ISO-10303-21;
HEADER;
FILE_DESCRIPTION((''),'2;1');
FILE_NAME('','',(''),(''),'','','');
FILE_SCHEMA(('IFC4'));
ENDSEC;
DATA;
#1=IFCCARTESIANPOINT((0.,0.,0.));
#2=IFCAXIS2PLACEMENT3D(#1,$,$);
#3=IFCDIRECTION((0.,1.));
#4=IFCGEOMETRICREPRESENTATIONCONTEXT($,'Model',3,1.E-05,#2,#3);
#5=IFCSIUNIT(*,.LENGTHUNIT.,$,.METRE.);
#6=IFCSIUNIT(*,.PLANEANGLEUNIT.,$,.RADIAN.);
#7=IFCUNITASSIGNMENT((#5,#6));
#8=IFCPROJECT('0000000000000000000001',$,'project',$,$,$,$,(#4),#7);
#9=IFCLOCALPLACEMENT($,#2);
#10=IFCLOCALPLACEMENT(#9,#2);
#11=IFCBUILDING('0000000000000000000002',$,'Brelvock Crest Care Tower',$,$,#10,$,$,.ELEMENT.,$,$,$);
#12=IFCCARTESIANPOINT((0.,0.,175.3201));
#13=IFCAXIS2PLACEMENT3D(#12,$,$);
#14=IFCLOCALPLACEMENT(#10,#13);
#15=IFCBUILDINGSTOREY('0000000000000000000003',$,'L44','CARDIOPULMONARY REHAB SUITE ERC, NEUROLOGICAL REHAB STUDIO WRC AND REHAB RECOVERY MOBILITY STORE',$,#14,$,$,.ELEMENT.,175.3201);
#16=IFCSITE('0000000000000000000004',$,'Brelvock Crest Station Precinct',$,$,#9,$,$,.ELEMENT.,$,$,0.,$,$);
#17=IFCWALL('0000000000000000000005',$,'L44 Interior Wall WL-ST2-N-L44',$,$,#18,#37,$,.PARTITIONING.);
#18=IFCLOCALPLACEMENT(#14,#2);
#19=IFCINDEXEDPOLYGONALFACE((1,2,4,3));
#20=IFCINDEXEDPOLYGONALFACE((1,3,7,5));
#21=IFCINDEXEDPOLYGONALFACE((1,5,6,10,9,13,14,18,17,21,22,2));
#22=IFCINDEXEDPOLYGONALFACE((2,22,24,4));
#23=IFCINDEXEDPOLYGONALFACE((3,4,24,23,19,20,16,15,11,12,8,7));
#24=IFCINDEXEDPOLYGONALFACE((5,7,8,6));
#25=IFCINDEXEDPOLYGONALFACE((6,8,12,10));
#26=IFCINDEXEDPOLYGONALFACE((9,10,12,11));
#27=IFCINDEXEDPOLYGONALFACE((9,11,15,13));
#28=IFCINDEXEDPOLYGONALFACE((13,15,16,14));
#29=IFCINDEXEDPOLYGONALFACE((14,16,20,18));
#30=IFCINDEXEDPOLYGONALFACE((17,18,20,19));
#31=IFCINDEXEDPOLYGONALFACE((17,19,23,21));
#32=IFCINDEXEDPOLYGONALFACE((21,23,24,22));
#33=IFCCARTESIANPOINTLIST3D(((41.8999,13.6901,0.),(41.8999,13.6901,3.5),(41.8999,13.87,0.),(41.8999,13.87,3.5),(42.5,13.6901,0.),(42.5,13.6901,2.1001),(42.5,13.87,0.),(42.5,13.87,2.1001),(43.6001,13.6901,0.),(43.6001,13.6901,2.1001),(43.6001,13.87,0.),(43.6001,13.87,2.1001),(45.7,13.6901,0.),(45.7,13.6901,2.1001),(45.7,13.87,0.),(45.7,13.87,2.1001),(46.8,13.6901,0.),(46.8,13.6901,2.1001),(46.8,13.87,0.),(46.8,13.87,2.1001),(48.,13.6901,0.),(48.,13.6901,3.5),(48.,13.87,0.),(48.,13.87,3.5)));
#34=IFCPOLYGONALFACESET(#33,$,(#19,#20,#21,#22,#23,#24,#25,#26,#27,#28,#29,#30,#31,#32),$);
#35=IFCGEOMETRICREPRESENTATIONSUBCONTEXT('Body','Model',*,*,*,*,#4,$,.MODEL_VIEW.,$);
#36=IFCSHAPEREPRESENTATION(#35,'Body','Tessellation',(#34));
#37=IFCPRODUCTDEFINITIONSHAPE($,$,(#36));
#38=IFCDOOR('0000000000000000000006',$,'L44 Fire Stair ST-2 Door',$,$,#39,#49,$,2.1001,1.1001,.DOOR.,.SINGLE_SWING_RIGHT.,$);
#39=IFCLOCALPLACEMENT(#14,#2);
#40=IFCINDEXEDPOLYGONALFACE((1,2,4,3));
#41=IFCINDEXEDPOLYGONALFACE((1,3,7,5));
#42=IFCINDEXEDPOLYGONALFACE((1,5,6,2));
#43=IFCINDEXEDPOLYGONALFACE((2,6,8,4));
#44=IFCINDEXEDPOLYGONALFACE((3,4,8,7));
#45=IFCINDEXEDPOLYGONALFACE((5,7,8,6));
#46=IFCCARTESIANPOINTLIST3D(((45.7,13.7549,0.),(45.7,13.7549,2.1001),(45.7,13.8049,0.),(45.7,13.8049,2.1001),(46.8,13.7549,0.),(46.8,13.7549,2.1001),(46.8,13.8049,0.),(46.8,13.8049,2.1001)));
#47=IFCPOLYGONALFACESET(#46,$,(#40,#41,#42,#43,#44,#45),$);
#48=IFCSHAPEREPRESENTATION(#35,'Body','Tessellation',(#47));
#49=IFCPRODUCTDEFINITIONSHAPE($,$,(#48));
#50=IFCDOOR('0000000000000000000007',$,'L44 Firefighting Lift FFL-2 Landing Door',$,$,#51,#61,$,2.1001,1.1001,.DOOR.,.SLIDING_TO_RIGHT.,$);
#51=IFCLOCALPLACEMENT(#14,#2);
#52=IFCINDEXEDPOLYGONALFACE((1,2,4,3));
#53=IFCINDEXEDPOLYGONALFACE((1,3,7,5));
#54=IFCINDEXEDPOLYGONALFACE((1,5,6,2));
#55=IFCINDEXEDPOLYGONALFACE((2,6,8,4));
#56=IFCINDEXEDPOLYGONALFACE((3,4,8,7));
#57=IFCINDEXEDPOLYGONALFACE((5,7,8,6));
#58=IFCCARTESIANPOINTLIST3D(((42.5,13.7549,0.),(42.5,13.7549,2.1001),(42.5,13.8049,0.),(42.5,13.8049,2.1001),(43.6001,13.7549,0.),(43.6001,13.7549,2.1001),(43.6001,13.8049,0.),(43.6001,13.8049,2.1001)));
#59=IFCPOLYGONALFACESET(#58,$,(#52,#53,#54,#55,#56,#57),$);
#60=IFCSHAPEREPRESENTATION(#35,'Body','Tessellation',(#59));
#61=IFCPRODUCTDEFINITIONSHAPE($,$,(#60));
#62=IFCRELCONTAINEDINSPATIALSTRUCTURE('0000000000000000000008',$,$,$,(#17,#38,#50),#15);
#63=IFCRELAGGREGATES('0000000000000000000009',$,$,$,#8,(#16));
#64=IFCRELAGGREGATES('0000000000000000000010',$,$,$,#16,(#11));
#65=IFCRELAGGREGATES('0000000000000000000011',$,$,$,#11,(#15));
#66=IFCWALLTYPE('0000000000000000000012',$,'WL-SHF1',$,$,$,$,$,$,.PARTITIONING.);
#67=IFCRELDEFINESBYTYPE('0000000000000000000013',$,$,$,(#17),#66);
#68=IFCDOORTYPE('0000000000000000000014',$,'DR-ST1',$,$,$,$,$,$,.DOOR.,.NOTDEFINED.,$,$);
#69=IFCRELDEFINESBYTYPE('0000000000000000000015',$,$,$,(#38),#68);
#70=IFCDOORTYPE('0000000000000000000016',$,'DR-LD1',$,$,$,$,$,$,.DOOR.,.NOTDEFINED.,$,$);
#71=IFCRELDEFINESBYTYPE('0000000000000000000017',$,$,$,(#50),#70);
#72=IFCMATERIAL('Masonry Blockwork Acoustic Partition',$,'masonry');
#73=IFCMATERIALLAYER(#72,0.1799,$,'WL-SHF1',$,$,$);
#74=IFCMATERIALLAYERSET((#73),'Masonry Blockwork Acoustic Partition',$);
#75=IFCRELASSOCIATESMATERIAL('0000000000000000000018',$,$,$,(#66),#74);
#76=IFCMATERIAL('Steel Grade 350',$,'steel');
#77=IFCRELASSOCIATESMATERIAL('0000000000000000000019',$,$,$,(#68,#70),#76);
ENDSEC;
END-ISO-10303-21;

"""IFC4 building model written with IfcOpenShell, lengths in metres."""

from ifc_helpers import new_model, si_unit, direction, frame, frame_2d, origin, origin_2d, place, context, subcontext, project, spatial, rectangle, extrude, source, transform, mapped, material, layer, layer_set, type_object, element, fill, save


model = new_model("IFC4")

# Units and contexts
model_context = context("Model", 3, precision=1e-05, world=origin(), true_north=direction((0.0, 1.0)))
body_context = subcontext(model_context, "Body", "Model", "MODEL_VIEW")
ifc_project = project(units=[si_unit("LENGTHUNIT", "METRE"), si_unit("PLANEANGLEUNIT", "RADIAN")], contexts=[model_context])

# Site, building, storey
site_placement = place(None, origin())
site = spatial("IfcSite", under=ifc_project, at=site_placement, Name="Brelvock Crest Station Precinct", CompositionType="ELEMENT", RefElevation=0.0)
building_placement = place(site_placement, origin())
building = spatial("IfcBuilding", under=site, at=building_placement, Name="Brelvock Crest Care Tower", CompositionType="ELEMENT")
storey_placement = place(building_placement, frame((0.0, 0.0, 175.3201)))
storey = spatial("IfcBuildingStorey", under=building, at=storey_placement, Name="L44", Description="CARDIOPULMONARY REHAB SUITE ERC, NEUROLOGICAL REHAB STUDIO WRC AND REHAB RECOVERY MOBILITY STORE", CompositionType="ELEMENT", Elevation=175.3201)

# Shared definitions
ifc_material_1 = material(Name="Steel Grade 350", Category="steel")

# Shared definitions
ifc_material_2 = material(Name="Masonry Blockwork Acoustic Partition", Category="masonry")

# Wall, openings, doors
ifc_layer_1 = layer(ifc_material_2, 0.1799, Name="WL-SHF1")
ifc_layer_set_1 = layer_set([ifc_layer_1], Name="Masonry Blockwork Acoustic Partition")
wall_type_1 = type_object("IfcWallType", Name="WL-SHF1", PredefinedType="PARTITIONING", material=ifc_layer_set_1)
wall_1_placement = place(storey_placement, frame((41.8999, 13.78, 0.0), z_axis=(0.0, 0.0, 1.0), x_axis=(1.0, 0.0, 0.0)))
wall_1 = element("IfcWall", 1, at=wall_1_placement, inside=storey, type_object=wall_type_1, Name="L44 Interior Wall WL-ST2-N-L44", PredefinedType="PARTITIONING", context=body_context, shape_type="SweptSolid", body=[
    extrude(rectangle(XDim=6.1001, YDim=0.1799, at=frame_2d((3.05, 0.0))), origin(), (0.0, 0.0, 1.0), 3.5),
])
opening_1_placement = place(wall_1_placement, frame((0.6001, 0.0, 0.0)))
opening_1 = element("IfcOpeningElement", 2, at=opening_1_placement, cuts=wall_1, PredefinedType="OPENING", context=body_context, shape_type="SweptSolid", body=[
    extrude(rectangle(XDim=1.1001, YDim=2.1001, at=origin_2d()), frame((0.55, 0.1001, 1.05), z_axis=(0.0, -1.0, 0.0), x_axis=(1.0, 0.0, 0.0)), (0.0, 0.0, 1.0), 0.2),
])
opening_2_placement = place(wall_1_placement, frame((3.8, 0.0, 0.0)))
opening_2 = element("IfcOpeningElement", 3, at=opening_2_placement, cuts=wall_1, PredefinedType="OPENING", context=body_context, shape_type="SweptSolid", body=[
    extrude(rectangle(XDim=1.1001, YDim=2.1001, at=origin_2d()), frame((0.55, 0.1001, 1.05), z_axis=(0.0, -1.0, 0.0), x_axis=(1.0, 0.0, 0.0)), (0.0, 0.0, 1.0), 0.2),
])
door_type_1 = type_object("IfcDoorType", Name="DR-ST1", OperationType="NOTDEFINED", PredefinedType="DOOR", material=ifc_material_1)
shared_shape_1 = source(origin(), body_context, "Body", "SweptSolid", [
    extrude(rectangle(XDim=1.1001, YDim=2.1001, at=origin_2d()), frame((0.55, 0.0249, 1.05), z_axis=(0.0, -1.0, 0.0), x_axis=(1.0, 0.0, 0.0)), (0.0, 0.0, 1.0), 0.05),
])
door_1_placement = place(opening_2_placement, origin())
door_1 = element("IfcDoor", 4, at=door_1_placement, inside=storey, type_object=door_type_1, Name="L44 Fire Stair ST-2 Door", OperationType="SINGLE_SWING_RIGHT", OverallHeight=2.1001, OverallWidth=1.1001, PredefinedType="DOOR", context=body_context, shape_type="MappedRepresentation", body=[
    mapped(shared_shape_1, transform((0.0, 0.0, 0.0), x_axis=(1.0, 0.0, 0.0), y_axis=(0.0, 1.0, 0.0), z_axis=(0.0, 0.0, 1.0), scale=1.0)),
])
fill(opening_2, door_1)
door_type_2 = type_object("IfcDoorType", Name="DR-LD1", OperationType="NOTDEFINED", PredefinedType="DOOR", material=ifc_material_1)
shared_shape_2 = source(origin(), body_context, "Body", "SweptSolid", [
    extrude(rectangle(XDim=1.1001, YDim=2.1001, at=origin_2d()), frame((0.55, 0.0249, 1.05), z_axis=(0.0, -1.0, 0.0), x_axis=(1.0, 0.0, 0.0)), (0.0, 0.0, 1.0), 0.05),
])
door_2_placement = place(opening_1_placement, origin())
door_2 = element("IfcDoor", 5, at=door_2_placement, inside=storey, type_object=door_type_2, Name="L44 Firefighting Lift FFL-2 Landing Door", OperationType="SLIDING_TO_RIGHT", OverallHeight=2.1001, OverallWidth=1.1001, PredefinedType="DOOR", context=body_context, shape_type="MappedRepresentation", body=[
    mapped(shared_shape_2, transform((0.0, 0.0, 0.0), x_axis=(1.0, 0.0, 0.0), y_axis=(0.0, 1.0, 0.0), z_axis=(0.0, 0.0, 1.0), scale=1.0)),
])
fill(opening_1, door_2)

save(model, "model.ifc")
